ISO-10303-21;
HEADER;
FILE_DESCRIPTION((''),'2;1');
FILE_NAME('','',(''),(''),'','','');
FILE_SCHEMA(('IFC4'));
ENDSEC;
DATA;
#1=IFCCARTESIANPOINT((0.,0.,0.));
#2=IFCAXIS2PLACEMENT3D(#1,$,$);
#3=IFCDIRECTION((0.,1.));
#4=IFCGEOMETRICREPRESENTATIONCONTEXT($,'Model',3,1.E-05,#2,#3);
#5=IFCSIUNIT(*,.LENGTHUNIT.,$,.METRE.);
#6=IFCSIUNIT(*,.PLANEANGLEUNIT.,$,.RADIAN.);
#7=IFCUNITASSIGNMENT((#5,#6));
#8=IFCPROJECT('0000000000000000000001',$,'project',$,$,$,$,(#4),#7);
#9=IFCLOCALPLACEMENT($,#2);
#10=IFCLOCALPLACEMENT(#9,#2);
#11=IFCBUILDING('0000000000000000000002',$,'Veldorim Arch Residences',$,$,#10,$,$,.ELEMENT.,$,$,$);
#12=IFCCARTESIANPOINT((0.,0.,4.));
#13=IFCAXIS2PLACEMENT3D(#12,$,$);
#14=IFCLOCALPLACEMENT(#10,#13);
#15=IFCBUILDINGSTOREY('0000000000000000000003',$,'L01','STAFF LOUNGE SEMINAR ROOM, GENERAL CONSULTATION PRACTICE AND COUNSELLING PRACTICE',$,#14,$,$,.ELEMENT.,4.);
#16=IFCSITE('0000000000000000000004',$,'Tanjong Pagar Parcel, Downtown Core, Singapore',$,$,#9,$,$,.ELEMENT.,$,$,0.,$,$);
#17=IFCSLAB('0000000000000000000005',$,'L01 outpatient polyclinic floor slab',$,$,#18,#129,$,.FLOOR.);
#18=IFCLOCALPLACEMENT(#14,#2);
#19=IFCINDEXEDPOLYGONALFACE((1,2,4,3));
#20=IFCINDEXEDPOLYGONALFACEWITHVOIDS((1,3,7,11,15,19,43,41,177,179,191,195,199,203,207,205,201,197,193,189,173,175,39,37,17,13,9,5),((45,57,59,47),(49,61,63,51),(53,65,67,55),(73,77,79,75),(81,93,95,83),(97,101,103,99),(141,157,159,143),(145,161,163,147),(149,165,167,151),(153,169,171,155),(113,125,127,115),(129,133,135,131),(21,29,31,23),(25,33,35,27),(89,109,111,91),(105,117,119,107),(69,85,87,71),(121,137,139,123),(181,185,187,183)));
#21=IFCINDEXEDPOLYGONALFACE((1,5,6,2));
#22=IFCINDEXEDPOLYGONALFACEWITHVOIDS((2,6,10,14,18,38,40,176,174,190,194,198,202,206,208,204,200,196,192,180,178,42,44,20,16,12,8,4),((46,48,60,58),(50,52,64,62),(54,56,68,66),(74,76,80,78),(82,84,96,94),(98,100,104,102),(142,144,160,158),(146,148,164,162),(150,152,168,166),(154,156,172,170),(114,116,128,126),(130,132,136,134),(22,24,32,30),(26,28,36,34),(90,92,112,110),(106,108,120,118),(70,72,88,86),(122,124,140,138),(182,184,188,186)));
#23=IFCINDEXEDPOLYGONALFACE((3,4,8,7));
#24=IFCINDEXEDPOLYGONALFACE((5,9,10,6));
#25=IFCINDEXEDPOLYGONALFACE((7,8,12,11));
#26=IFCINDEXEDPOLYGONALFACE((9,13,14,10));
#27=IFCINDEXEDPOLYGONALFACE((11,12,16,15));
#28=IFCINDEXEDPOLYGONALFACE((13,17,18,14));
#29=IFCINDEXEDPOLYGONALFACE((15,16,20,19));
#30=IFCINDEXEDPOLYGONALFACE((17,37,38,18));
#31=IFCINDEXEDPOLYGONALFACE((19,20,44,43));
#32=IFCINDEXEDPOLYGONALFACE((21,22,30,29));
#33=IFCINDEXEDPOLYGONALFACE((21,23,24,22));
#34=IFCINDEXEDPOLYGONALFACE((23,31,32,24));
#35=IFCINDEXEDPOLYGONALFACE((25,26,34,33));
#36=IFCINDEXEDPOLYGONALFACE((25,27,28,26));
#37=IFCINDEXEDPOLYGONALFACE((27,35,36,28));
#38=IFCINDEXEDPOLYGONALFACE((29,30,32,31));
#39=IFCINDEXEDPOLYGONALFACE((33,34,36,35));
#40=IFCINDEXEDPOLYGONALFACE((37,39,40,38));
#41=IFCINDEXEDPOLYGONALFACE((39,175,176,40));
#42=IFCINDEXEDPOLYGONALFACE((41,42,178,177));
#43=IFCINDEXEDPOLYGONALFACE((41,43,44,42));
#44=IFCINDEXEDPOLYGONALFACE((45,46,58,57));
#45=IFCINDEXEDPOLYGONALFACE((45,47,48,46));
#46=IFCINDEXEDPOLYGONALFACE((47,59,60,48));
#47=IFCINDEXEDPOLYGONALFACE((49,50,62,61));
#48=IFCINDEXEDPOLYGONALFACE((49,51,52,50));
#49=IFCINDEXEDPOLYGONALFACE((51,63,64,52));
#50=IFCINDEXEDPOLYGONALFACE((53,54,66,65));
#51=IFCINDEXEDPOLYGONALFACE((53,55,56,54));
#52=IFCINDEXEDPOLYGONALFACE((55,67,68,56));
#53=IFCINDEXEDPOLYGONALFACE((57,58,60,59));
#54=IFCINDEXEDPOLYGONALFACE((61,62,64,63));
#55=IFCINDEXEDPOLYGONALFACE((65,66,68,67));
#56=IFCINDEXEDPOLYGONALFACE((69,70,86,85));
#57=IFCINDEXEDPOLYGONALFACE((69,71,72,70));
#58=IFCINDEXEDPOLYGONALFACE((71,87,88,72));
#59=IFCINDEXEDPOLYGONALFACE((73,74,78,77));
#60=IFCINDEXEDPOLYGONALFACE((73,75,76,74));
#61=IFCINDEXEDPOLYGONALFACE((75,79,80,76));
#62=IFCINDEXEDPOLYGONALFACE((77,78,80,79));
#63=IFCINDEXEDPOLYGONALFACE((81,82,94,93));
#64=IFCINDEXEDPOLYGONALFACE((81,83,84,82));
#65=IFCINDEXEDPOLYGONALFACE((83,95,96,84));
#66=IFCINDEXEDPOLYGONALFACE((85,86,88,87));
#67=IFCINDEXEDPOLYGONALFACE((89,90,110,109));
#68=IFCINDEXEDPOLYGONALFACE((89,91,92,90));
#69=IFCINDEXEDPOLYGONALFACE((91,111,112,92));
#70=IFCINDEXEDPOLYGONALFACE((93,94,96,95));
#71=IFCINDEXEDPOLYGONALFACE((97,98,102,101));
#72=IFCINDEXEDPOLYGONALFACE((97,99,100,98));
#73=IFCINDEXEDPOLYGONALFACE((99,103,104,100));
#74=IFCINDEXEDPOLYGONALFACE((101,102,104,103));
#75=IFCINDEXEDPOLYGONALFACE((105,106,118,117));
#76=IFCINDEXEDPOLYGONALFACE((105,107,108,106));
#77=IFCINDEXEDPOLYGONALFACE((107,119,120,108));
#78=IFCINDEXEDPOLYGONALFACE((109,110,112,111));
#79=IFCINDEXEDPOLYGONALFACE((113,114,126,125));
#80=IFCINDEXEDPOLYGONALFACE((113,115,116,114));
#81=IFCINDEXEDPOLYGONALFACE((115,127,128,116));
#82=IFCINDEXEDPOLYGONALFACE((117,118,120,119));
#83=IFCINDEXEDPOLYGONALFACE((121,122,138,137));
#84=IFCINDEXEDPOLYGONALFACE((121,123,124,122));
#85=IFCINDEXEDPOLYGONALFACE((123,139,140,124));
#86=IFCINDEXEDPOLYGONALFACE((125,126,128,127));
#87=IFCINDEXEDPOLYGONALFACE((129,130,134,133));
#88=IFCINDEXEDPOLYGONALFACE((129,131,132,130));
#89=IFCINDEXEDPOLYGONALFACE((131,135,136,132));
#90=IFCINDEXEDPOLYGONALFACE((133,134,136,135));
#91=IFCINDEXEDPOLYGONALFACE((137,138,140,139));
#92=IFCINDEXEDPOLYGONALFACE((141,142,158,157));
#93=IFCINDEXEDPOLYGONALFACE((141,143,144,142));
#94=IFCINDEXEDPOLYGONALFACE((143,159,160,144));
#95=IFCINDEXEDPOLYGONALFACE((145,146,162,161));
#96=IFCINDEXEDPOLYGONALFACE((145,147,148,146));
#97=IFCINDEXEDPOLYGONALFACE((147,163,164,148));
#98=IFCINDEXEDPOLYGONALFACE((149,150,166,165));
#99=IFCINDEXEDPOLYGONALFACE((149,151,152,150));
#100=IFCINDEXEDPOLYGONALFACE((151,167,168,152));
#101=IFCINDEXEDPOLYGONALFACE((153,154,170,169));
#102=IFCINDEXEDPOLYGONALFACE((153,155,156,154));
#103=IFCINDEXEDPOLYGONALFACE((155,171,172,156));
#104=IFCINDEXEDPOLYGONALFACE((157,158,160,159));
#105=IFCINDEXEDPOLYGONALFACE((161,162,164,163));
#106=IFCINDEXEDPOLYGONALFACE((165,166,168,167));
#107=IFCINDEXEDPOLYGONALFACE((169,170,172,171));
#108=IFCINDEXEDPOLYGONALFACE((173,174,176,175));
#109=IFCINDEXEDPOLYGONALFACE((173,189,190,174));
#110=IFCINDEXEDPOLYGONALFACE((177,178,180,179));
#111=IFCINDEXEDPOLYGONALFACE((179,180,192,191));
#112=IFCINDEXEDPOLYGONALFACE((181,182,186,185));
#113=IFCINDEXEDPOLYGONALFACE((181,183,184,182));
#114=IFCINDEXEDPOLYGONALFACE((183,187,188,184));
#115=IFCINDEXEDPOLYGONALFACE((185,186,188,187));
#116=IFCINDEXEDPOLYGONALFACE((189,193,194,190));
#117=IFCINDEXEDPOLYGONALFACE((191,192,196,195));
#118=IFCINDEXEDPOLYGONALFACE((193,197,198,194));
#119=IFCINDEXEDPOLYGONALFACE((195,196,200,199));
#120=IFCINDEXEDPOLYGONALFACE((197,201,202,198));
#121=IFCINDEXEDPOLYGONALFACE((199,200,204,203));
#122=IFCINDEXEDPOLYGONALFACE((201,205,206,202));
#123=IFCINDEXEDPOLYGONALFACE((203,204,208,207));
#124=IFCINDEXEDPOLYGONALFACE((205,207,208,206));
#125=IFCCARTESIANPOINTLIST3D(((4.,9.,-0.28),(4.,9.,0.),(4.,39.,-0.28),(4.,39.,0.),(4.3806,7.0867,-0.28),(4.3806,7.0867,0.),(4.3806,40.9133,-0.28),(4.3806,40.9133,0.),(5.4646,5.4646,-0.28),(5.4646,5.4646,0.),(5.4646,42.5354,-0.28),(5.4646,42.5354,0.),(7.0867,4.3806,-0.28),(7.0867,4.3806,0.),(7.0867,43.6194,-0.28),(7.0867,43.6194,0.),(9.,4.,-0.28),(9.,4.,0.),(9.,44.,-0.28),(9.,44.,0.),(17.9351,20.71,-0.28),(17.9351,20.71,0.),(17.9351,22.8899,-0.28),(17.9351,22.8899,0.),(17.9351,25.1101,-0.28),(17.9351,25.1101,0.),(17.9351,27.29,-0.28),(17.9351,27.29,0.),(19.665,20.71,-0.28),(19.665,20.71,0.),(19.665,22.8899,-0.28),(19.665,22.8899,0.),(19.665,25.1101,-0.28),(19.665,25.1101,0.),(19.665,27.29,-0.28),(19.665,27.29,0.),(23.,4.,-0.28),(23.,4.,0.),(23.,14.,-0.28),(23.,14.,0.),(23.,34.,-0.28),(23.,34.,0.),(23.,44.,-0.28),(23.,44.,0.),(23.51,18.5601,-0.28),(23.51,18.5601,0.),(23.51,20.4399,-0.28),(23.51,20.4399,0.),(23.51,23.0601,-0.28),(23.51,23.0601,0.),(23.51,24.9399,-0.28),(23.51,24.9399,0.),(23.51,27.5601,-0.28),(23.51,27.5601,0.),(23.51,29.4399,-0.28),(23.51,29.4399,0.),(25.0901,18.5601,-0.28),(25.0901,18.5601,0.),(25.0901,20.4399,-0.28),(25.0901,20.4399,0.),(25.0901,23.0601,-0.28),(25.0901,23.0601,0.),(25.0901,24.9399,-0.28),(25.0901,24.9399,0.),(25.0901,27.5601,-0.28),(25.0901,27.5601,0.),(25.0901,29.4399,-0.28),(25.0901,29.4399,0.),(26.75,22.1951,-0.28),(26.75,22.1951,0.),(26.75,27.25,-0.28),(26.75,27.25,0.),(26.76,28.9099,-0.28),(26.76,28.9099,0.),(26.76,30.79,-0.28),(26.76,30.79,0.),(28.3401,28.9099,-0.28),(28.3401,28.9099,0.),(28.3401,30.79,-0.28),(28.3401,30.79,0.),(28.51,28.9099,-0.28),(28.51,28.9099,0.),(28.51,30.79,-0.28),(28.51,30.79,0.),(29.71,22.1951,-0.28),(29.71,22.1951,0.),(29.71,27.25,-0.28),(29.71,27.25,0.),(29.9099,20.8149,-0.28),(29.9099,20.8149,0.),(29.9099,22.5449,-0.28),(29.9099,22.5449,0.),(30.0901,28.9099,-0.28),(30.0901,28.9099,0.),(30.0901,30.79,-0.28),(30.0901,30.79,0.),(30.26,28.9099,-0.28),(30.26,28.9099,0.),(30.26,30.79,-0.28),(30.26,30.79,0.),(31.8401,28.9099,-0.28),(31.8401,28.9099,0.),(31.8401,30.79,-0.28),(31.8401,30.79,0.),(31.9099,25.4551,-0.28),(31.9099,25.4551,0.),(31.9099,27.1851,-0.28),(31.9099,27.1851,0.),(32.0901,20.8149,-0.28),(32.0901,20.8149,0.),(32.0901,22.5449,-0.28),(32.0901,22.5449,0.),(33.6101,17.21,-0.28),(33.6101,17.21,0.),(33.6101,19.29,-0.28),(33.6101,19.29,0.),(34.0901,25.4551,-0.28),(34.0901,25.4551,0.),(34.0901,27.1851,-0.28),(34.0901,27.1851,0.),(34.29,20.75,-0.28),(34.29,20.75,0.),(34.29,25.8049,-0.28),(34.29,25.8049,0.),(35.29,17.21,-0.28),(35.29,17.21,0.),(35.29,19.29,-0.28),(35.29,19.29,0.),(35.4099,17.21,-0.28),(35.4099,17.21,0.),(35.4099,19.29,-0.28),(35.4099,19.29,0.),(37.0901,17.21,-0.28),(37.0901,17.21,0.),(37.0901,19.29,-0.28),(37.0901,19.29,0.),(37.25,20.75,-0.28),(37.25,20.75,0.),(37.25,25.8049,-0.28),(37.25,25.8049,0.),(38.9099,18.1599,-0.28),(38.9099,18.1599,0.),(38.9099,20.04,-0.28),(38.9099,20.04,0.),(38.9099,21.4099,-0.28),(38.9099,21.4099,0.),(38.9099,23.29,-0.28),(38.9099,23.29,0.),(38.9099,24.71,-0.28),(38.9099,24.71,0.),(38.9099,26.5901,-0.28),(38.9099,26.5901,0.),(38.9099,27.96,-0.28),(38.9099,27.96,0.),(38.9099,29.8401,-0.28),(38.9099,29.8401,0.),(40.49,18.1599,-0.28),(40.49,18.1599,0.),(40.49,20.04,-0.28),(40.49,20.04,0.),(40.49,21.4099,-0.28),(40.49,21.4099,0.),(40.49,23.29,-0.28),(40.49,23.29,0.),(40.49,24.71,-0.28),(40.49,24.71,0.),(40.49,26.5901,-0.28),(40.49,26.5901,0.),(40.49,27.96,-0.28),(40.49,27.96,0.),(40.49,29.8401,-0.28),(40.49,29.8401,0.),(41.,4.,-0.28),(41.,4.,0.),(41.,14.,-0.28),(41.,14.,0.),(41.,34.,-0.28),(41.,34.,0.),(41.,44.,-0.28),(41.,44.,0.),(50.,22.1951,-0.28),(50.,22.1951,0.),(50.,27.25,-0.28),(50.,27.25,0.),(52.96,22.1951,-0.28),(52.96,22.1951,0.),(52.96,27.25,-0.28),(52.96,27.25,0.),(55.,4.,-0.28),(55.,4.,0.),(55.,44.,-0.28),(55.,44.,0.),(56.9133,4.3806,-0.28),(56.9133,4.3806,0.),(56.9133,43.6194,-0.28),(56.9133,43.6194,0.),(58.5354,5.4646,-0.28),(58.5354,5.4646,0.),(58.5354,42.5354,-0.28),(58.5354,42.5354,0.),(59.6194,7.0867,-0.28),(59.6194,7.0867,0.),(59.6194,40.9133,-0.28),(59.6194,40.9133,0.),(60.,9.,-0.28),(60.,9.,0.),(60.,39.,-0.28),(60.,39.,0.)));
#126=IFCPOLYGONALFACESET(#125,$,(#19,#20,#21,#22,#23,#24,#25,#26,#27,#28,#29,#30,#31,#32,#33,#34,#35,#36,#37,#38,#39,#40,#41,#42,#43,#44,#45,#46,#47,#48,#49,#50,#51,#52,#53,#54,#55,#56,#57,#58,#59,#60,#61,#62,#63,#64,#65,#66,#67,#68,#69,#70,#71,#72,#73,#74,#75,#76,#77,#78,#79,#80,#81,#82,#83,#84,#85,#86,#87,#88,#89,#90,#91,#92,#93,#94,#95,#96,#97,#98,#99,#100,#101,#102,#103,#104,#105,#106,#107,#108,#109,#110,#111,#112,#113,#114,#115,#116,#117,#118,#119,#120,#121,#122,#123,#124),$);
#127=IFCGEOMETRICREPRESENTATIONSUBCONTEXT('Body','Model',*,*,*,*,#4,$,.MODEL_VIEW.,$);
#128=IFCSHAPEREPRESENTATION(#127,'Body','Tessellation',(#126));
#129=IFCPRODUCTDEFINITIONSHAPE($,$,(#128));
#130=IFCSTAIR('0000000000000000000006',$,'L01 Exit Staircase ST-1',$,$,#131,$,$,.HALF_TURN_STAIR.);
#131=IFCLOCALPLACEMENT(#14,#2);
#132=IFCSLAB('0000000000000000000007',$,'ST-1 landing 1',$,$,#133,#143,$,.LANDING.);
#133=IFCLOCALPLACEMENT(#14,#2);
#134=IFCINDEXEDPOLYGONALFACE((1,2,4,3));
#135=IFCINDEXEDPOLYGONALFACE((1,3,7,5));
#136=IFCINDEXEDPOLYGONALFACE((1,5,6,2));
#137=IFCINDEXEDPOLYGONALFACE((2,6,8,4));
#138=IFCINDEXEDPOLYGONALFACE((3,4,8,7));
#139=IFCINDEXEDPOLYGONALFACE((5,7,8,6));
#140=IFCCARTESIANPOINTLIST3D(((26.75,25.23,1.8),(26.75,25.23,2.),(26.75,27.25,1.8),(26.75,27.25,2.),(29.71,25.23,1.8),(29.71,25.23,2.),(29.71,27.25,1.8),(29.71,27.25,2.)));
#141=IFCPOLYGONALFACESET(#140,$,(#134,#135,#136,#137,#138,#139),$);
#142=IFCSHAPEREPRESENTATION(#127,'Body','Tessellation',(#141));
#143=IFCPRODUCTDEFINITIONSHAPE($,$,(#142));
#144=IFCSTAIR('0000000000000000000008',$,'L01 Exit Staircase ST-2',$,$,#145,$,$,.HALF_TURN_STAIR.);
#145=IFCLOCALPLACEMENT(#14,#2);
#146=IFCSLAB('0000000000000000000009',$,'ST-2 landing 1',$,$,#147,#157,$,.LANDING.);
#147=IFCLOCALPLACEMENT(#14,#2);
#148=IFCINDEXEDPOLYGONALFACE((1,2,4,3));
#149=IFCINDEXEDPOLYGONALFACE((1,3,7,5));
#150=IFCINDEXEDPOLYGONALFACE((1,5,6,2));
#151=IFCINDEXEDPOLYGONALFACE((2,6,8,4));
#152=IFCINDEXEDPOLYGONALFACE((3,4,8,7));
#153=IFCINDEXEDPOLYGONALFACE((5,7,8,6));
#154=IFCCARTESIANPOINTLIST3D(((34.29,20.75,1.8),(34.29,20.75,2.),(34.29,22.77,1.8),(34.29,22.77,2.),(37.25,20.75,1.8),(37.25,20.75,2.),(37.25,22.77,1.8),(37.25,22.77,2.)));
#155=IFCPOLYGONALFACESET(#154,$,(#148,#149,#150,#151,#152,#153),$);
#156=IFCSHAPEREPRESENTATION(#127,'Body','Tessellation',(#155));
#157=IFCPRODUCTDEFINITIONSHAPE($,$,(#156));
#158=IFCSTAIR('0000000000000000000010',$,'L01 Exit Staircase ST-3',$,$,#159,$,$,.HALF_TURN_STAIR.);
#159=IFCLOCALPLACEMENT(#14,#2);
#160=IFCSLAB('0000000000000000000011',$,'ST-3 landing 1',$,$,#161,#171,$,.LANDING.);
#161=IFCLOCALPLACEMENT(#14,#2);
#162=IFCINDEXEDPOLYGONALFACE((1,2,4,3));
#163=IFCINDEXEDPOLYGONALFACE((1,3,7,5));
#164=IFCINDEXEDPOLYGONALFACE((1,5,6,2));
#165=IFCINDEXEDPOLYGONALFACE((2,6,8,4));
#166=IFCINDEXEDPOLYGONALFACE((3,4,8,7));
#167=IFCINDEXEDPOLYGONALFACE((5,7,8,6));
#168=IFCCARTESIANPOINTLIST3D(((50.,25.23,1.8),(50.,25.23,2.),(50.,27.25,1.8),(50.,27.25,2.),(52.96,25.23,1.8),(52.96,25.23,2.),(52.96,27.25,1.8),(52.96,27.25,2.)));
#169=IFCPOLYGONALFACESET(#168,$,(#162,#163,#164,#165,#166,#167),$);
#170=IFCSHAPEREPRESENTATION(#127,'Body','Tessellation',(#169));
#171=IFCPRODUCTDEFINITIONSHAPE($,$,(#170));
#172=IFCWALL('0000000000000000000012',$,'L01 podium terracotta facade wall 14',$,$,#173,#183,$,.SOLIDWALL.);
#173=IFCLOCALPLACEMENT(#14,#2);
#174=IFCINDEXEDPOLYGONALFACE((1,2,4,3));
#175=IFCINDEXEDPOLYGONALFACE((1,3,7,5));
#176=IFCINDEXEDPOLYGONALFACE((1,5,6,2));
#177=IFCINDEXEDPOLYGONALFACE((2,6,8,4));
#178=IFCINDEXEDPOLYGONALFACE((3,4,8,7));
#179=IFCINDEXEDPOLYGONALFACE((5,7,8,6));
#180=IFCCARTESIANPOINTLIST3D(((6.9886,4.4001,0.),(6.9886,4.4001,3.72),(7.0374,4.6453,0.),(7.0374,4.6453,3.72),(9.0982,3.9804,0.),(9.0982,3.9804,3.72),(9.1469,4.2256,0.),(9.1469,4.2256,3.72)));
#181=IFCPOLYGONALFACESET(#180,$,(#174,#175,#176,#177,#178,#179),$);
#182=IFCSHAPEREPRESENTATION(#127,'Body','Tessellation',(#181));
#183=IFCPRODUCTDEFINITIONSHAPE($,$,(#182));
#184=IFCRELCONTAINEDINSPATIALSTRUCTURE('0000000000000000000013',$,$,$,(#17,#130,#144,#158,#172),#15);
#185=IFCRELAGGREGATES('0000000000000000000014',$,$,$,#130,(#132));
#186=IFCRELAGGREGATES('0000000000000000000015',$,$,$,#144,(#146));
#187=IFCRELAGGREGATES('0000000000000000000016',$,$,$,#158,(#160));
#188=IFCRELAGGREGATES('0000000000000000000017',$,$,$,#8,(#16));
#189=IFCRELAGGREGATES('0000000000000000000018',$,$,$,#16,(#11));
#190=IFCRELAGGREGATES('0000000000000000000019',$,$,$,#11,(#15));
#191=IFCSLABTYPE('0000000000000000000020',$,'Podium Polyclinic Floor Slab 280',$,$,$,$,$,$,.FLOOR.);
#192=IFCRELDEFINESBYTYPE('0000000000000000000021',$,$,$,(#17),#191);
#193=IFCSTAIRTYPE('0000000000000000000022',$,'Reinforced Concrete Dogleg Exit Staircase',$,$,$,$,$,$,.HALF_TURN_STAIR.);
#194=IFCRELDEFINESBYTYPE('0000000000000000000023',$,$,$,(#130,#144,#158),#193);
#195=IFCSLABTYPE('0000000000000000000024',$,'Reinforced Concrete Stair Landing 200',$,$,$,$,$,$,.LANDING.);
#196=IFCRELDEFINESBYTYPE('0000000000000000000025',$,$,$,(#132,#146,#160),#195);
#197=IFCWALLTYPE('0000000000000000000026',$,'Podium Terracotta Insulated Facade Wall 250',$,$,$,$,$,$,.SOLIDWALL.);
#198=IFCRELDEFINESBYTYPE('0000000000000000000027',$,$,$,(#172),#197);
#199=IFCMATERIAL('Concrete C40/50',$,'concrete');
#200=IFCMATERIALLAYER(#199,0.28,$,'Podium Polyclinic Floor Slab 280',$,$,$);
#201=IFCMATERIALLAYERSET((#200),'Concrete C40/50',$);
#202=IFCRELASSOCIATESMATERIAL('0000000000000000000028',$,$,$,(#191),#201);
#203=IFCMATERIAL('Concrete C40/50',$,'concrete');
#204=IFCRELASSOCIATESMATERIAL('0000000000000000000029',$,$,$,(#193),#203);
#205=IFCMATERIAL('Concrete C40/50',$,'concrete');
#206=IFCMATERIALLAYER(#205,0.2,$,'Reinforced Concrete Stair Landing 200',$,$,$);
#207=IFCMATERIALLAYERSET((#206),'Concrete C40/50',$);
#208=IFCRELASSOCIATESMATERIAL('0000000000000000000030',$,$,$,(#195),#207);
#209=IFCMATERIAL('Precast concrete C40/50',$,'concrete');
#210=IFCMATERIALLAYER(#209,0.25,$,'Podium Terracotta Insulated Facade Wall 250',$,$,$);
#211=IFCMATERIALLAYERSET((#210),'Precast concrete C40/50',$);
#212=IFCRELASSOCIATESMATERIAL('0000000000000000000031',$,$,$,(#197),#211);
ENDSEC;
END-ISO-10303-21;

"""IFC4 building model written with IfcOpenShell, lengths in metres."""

from ifc_helpers import new_model, si_unit, direction, frame, frame_2d, origin, place, context, subcontext, project, spatial, polyline, rectangle, outline, extrude, material, layer, layer_set, type_object, element, aggregate, save


model = new_model("IFC4")

# Units and contexts
model_context = context("Model", 3, precision=1e-05, world=origin(), true_north=direction((0.0, 1.0)))
body_context = subcontext(model_context, "Body", "Model", "MODEL_VIEW")
ifc_project = project(units=[si_unit("LENGTHUNIT", "METRE"), si_unit("PLANEANGLEUNIT", "RADIAN")], contexts=[model_context])

# Site, building, storey
site_placement = place(None, origin())
site = spatial("IfcSite", under=ifc_project, at=site_placement, Name="Tanjong Pagar Parcel, Downtown Core, Singapore", CompositionType="ELEMENT", RefElevation=0.0)
building_placement = place(site_placement, origin())
building = spatial("IfcBuilding", under=site, at=building_placement, Name="Veldorim Arch Residences", CompositionType="ELEMENT")
storey_placement = place(building_placement, frame((0.0, 0.0, 4.0)))
storey = spatial("IfcBuildingStorey", under=building, at=storey_placement, Name="L01", Description="STAFF LOUNGE SEMINAR ROOM, GENERAL CONSULTATION PRACTICE AND COUNSELLING PRACTICE", CompositionType="ELEMENT", Elevation=4.0)

# Slab
ifc_material_1 = material(Name="Concrete C40/50", Category="concrete")
ifc_layer_1 = layer(ifc_material_1, 0.28, Name="Podium Polyclinic Floor Slab 280")
ifc_layer_set_1 = layer_set([ifc_layer_1], Name="Concrete C40/50")
slab_type_1 = type_object("IfcSlabType", Name="Podium Polyclinic Floor Slab 280", PredefinedType="FLOOR", material=ifc_layer_set_1)
slab_1_placement = place(storey_placement, frame((0.0, 0.0, -0.28)))
element("IfcSlab", 1, at=slab_1_placement, inside=storey, type_object=slab_type_1, Name="L01 outpatient polyclinic floor slab", PredefinedType="FLOOR", context=body_context, shape_type="SweptSolid", body=[
    extrude(outline(polyline([(55.0, 44.0), (56.9133, 43.6194), (58.5354, 42.5354), (59.6194, 40.9133), (60.0, 39.0), (60.0, 9.0), (59.6194, 7.0867), (58.5354, 5.4646), (56.9133, 4.3806), (55.0, 4.0), (41.0, 4.0), (41.0, 14.0), (23.0, 14.0), (23.0, 4.0), (9.0, 4.0), (7.0867, 4.3806), (5.4646, 5.4646), (4.3806, 7.0867), (4.0, 9.0), (4.0, 39.0), (4.3806, 40.9133), (5.4646, 42.5354), (7.0867, 43.6194), (9.0, 44.0), (23.0, 44.0), (23.0, 34.0), (41.0, 34.0), (41.0, 44.0), (55.0, 44.0)]), holes=[polyline([(23.51, 20.4399), (25.0901, 20.4399), (25.0901, 18.5601), (23.51, 18.5601), (23.51, 20.4399)]), polyline([(29.9099, 22.5449), (32.0901, 22.5449), (32.0901, 20.8149), (29.9099, 20.8149), (29.9099, 22.5449)]), polyline([(17.9351, 22.8899), (19.665, 22.8899), (19.665, 20.71), (17.9351, 20.71), (17.9351, 22.8899)]), polyline([(23.51, 24.9399), (25.0901, 24.9399), (25.0901, 23.0601), (23.51, 23.0601), (23.51, 24.9399)]), polyline([(26.75, 27.25), (29.71, 27.25), (29.71, 22.1951), (26.75, 22.1951), (26.75, 27.25)]), polyline([(17.9351, 27.29), (19.665, 27.29), (19.665, 25.1101), (17.9351, 25.1101), (17.9351, 27.29)]), polyline([(23.51, 29.4399), (25.0901, 29.4399), (25.0901, 27.5601), (23.51, 27.5601), (23.51, 29.4399)]), polyline([(28.3401, 30.79), (28.3401, 28.9099), (26.76, 28.9099), (26.76, 30.79), (28.3401, 30.79)]), polyline([(30.0901, 30.79), (30.0901, 28.9099), (28.51, 28.9099), (28.51, 30.79), (30.0901, 30.79)]), polyline([(30.26, 30.79), (31.8401, 30.79), (31.8401, 28.9099), (30.26, 28.9099), (30.26, 30.79)]), polyline([(33.6101, 19.29), (35.29, 19.29), (35.29, 17.21), (33.6101, 17.21), (33.6101, 19.29)]), polyline([(35.4099, 19.29), (37.0901, 19.29), (37.0901, 17.21), (35.4099, 17.21), (35.4099, 19.29)]), polyline([(40.49, 20.04), (40.49, 18.1599), (38.9099, 18.1599), (38.9099, 20.04), (40.49, 20.04)]), polyline([(40.49, 23.29), (40.49, 21.4099), (38.9099, 21.4099), (38.9099, 23.29), (40.49, 23.29)]), polyline([(34.29, 25.8049), (37.25, 25.8049), (37.25, 20.75), (34.29, 20.75), (34.29, 25.8049)]), polyline([(50.0, 27.25), (52.96, 27.25), (52.96, 22.1951), (50.0, 22.1951), (50.0, 27.25)]), polyline([(38.9099, 26.5901), (40.49, 26.5901), (40.49, 24.71), (38.9099, 24.71), (38.9099, 26.5901)]), polyline([(34.0901, 27.1851), (34.0901, 25.4551), (31.9099, 25.4551), (31.9099, 27.1851), (34.0901, 27.1851)]), polyline([(40.49, 29.8401), (40.49, 27.96), (38.9099, 27.96), (38.9099, 29.8401), (40.49, 29.8401)])]), origin(), (0.0, 0.0, 1.0), 0.28),
])

# Stairs, slabs
ifc_material_2 = material(Name="Concrete C40/50", Category="concrete")
stair_type = type_object("IfcStairType", Name="Reinforced Concrete Dogleg Exit Staircase", PredefinedType="HALF_TURN_STAIR", material=ifc_material_2)
stair_1_placement = place(storey_placement, origin())
stair_1 = element("IfcStair", 2, at=stair_1_placement, inside=storey, type_object=stair_type, Name="L01 Exit Staircase ST-1", PredefinedType="HALF_TURN_STAIR")
ifc_material_3 = material(Name="Concrete C40/50", Category="concrete")
ifc_layer_2 = layer(ifc_material_3, 0.2, Name="Reinforced Concrete Stair Landing 200")
ifc_layer_set_2 = layer_set([ifc_layer_2], Name="Concrete C40/50")
slab_type_2 = type_object("IfcSlabType", Name="Reinforced Concrete Stair Landing 200", PredefinedType="LANDING", material=ifc_layer_set_2)
slab_2_placement = place(storey_placement, frame((0.0, 0.0, 1.8)))
slab_2 = element("IfcSlab", 3, at=slab_2_placement, type_object=slab_type_2, Name="ST-1 landing 1", PredefinedType="LANDING", context=body_context, shape_type="SweptSolid", body=[
    extrude(outline(polyline([(29.71, 25.23), (29.71, 27.25), (26.75, 27.25), (26.75, 25.23), (29.71, 25.23)])), origin(), (0.0, 0.0, 1.0), 0.2),
])
aggregate(stair_1, [slab_2])
stair_2_placement = place(storey_placement, origin())
stair_2 = element("IfcStair", 4, at=stair_2_placement, inside=storey, type_object=stair_type, Name="L01 Exit Staircase ST-2", PredefinedType="HALF_TURN_STAIR")
slab_3_placement = place(storey_placement, frame((0.0, 0.0, 1.8)))
slab_3 = element("IfcSlab", 5, at=slab_3_placement, type_object=slab_type_2, Name="ST-2 landing 1", PredefinedType="LANDING", context=body_context, shape_type="SweptSolid", body=[
    extrude(outline(polyline([(34.29, 22.77), (34.29, 20.75), (37.25, 20.75), (37.25, 22.77), (34.29, 22.77)])), origin(), (0.0, 0.0, 1.0), 0.2),
])
aggregate(stair_2, [slab_3])
stair_3_placement = place(storey_placement, origin())
stair_3 = element("IfcStair", 6, at=stair_3_placement, inside=storey, type_object=stair_type, Name="L01 Exit Staircase ST-3", PredefinedType="HALF_TURN_STAIR")
slab_4_placement = place(storey_placement, frame((0.0, 0.0, 1.8)))
slab_4 = element("IfcSlab", 7, at=slab_4_placement, type_object=slab_type_2, Name="ST-3 landing 1", PredefinedType="LANDING", context=body_context, shape_type="SweptSolid", body=[
    extrude(outline(polyline([(52.96, 25.23), (52.96, 27.25), (50.0, 27.25), (50.0, 25.23), (52.96, 25.23)])), origin(), (0.0, 0.0, 1.0), 0.2),
])
aggregate(stair_3, [slab_4])

# Wall
ifc_material_4 = material(Name="Precast concrete C40/50", Category="concrete")
ifc_layer_3 = layer(ifc_material_4, 0.25, Name="Podium Terracotta Insulated Facade Wall 250")
ifc_layer_set_3 = layer_set([ifc_layer_3], Name="Precast concrete C40/50")
wall_type = type_object("IfcWallType", Name="Podium Terracotta Insulated Facade Wall 250", PredefinedType="SOLIDWALL", material=ifc_layer_set_3)
wall_1_placement = place(storey_placement, frame((9.1226, 4.103, 0.0), z_axis=(0.0, 0.0, 1.0), x_axis=(-0.980781, 0.195112, 0.0)))
element("IfcWall", 8, at=wall_1_placement, inside=storey, type_object=wall_type, Name="L01 podium terracotta facade wall 14", PredefinedType="SOLIDWALL", context=body_context, shape_type="SweptSolid", body=[
    extrude(rectangle(XDim=2.1509, YDim=0.25, at=frame_2d((1.0754, 0.0))), origin(), (0.0, 0.0, 1.0), 3.72),
])

save(model, "model.ifc")
